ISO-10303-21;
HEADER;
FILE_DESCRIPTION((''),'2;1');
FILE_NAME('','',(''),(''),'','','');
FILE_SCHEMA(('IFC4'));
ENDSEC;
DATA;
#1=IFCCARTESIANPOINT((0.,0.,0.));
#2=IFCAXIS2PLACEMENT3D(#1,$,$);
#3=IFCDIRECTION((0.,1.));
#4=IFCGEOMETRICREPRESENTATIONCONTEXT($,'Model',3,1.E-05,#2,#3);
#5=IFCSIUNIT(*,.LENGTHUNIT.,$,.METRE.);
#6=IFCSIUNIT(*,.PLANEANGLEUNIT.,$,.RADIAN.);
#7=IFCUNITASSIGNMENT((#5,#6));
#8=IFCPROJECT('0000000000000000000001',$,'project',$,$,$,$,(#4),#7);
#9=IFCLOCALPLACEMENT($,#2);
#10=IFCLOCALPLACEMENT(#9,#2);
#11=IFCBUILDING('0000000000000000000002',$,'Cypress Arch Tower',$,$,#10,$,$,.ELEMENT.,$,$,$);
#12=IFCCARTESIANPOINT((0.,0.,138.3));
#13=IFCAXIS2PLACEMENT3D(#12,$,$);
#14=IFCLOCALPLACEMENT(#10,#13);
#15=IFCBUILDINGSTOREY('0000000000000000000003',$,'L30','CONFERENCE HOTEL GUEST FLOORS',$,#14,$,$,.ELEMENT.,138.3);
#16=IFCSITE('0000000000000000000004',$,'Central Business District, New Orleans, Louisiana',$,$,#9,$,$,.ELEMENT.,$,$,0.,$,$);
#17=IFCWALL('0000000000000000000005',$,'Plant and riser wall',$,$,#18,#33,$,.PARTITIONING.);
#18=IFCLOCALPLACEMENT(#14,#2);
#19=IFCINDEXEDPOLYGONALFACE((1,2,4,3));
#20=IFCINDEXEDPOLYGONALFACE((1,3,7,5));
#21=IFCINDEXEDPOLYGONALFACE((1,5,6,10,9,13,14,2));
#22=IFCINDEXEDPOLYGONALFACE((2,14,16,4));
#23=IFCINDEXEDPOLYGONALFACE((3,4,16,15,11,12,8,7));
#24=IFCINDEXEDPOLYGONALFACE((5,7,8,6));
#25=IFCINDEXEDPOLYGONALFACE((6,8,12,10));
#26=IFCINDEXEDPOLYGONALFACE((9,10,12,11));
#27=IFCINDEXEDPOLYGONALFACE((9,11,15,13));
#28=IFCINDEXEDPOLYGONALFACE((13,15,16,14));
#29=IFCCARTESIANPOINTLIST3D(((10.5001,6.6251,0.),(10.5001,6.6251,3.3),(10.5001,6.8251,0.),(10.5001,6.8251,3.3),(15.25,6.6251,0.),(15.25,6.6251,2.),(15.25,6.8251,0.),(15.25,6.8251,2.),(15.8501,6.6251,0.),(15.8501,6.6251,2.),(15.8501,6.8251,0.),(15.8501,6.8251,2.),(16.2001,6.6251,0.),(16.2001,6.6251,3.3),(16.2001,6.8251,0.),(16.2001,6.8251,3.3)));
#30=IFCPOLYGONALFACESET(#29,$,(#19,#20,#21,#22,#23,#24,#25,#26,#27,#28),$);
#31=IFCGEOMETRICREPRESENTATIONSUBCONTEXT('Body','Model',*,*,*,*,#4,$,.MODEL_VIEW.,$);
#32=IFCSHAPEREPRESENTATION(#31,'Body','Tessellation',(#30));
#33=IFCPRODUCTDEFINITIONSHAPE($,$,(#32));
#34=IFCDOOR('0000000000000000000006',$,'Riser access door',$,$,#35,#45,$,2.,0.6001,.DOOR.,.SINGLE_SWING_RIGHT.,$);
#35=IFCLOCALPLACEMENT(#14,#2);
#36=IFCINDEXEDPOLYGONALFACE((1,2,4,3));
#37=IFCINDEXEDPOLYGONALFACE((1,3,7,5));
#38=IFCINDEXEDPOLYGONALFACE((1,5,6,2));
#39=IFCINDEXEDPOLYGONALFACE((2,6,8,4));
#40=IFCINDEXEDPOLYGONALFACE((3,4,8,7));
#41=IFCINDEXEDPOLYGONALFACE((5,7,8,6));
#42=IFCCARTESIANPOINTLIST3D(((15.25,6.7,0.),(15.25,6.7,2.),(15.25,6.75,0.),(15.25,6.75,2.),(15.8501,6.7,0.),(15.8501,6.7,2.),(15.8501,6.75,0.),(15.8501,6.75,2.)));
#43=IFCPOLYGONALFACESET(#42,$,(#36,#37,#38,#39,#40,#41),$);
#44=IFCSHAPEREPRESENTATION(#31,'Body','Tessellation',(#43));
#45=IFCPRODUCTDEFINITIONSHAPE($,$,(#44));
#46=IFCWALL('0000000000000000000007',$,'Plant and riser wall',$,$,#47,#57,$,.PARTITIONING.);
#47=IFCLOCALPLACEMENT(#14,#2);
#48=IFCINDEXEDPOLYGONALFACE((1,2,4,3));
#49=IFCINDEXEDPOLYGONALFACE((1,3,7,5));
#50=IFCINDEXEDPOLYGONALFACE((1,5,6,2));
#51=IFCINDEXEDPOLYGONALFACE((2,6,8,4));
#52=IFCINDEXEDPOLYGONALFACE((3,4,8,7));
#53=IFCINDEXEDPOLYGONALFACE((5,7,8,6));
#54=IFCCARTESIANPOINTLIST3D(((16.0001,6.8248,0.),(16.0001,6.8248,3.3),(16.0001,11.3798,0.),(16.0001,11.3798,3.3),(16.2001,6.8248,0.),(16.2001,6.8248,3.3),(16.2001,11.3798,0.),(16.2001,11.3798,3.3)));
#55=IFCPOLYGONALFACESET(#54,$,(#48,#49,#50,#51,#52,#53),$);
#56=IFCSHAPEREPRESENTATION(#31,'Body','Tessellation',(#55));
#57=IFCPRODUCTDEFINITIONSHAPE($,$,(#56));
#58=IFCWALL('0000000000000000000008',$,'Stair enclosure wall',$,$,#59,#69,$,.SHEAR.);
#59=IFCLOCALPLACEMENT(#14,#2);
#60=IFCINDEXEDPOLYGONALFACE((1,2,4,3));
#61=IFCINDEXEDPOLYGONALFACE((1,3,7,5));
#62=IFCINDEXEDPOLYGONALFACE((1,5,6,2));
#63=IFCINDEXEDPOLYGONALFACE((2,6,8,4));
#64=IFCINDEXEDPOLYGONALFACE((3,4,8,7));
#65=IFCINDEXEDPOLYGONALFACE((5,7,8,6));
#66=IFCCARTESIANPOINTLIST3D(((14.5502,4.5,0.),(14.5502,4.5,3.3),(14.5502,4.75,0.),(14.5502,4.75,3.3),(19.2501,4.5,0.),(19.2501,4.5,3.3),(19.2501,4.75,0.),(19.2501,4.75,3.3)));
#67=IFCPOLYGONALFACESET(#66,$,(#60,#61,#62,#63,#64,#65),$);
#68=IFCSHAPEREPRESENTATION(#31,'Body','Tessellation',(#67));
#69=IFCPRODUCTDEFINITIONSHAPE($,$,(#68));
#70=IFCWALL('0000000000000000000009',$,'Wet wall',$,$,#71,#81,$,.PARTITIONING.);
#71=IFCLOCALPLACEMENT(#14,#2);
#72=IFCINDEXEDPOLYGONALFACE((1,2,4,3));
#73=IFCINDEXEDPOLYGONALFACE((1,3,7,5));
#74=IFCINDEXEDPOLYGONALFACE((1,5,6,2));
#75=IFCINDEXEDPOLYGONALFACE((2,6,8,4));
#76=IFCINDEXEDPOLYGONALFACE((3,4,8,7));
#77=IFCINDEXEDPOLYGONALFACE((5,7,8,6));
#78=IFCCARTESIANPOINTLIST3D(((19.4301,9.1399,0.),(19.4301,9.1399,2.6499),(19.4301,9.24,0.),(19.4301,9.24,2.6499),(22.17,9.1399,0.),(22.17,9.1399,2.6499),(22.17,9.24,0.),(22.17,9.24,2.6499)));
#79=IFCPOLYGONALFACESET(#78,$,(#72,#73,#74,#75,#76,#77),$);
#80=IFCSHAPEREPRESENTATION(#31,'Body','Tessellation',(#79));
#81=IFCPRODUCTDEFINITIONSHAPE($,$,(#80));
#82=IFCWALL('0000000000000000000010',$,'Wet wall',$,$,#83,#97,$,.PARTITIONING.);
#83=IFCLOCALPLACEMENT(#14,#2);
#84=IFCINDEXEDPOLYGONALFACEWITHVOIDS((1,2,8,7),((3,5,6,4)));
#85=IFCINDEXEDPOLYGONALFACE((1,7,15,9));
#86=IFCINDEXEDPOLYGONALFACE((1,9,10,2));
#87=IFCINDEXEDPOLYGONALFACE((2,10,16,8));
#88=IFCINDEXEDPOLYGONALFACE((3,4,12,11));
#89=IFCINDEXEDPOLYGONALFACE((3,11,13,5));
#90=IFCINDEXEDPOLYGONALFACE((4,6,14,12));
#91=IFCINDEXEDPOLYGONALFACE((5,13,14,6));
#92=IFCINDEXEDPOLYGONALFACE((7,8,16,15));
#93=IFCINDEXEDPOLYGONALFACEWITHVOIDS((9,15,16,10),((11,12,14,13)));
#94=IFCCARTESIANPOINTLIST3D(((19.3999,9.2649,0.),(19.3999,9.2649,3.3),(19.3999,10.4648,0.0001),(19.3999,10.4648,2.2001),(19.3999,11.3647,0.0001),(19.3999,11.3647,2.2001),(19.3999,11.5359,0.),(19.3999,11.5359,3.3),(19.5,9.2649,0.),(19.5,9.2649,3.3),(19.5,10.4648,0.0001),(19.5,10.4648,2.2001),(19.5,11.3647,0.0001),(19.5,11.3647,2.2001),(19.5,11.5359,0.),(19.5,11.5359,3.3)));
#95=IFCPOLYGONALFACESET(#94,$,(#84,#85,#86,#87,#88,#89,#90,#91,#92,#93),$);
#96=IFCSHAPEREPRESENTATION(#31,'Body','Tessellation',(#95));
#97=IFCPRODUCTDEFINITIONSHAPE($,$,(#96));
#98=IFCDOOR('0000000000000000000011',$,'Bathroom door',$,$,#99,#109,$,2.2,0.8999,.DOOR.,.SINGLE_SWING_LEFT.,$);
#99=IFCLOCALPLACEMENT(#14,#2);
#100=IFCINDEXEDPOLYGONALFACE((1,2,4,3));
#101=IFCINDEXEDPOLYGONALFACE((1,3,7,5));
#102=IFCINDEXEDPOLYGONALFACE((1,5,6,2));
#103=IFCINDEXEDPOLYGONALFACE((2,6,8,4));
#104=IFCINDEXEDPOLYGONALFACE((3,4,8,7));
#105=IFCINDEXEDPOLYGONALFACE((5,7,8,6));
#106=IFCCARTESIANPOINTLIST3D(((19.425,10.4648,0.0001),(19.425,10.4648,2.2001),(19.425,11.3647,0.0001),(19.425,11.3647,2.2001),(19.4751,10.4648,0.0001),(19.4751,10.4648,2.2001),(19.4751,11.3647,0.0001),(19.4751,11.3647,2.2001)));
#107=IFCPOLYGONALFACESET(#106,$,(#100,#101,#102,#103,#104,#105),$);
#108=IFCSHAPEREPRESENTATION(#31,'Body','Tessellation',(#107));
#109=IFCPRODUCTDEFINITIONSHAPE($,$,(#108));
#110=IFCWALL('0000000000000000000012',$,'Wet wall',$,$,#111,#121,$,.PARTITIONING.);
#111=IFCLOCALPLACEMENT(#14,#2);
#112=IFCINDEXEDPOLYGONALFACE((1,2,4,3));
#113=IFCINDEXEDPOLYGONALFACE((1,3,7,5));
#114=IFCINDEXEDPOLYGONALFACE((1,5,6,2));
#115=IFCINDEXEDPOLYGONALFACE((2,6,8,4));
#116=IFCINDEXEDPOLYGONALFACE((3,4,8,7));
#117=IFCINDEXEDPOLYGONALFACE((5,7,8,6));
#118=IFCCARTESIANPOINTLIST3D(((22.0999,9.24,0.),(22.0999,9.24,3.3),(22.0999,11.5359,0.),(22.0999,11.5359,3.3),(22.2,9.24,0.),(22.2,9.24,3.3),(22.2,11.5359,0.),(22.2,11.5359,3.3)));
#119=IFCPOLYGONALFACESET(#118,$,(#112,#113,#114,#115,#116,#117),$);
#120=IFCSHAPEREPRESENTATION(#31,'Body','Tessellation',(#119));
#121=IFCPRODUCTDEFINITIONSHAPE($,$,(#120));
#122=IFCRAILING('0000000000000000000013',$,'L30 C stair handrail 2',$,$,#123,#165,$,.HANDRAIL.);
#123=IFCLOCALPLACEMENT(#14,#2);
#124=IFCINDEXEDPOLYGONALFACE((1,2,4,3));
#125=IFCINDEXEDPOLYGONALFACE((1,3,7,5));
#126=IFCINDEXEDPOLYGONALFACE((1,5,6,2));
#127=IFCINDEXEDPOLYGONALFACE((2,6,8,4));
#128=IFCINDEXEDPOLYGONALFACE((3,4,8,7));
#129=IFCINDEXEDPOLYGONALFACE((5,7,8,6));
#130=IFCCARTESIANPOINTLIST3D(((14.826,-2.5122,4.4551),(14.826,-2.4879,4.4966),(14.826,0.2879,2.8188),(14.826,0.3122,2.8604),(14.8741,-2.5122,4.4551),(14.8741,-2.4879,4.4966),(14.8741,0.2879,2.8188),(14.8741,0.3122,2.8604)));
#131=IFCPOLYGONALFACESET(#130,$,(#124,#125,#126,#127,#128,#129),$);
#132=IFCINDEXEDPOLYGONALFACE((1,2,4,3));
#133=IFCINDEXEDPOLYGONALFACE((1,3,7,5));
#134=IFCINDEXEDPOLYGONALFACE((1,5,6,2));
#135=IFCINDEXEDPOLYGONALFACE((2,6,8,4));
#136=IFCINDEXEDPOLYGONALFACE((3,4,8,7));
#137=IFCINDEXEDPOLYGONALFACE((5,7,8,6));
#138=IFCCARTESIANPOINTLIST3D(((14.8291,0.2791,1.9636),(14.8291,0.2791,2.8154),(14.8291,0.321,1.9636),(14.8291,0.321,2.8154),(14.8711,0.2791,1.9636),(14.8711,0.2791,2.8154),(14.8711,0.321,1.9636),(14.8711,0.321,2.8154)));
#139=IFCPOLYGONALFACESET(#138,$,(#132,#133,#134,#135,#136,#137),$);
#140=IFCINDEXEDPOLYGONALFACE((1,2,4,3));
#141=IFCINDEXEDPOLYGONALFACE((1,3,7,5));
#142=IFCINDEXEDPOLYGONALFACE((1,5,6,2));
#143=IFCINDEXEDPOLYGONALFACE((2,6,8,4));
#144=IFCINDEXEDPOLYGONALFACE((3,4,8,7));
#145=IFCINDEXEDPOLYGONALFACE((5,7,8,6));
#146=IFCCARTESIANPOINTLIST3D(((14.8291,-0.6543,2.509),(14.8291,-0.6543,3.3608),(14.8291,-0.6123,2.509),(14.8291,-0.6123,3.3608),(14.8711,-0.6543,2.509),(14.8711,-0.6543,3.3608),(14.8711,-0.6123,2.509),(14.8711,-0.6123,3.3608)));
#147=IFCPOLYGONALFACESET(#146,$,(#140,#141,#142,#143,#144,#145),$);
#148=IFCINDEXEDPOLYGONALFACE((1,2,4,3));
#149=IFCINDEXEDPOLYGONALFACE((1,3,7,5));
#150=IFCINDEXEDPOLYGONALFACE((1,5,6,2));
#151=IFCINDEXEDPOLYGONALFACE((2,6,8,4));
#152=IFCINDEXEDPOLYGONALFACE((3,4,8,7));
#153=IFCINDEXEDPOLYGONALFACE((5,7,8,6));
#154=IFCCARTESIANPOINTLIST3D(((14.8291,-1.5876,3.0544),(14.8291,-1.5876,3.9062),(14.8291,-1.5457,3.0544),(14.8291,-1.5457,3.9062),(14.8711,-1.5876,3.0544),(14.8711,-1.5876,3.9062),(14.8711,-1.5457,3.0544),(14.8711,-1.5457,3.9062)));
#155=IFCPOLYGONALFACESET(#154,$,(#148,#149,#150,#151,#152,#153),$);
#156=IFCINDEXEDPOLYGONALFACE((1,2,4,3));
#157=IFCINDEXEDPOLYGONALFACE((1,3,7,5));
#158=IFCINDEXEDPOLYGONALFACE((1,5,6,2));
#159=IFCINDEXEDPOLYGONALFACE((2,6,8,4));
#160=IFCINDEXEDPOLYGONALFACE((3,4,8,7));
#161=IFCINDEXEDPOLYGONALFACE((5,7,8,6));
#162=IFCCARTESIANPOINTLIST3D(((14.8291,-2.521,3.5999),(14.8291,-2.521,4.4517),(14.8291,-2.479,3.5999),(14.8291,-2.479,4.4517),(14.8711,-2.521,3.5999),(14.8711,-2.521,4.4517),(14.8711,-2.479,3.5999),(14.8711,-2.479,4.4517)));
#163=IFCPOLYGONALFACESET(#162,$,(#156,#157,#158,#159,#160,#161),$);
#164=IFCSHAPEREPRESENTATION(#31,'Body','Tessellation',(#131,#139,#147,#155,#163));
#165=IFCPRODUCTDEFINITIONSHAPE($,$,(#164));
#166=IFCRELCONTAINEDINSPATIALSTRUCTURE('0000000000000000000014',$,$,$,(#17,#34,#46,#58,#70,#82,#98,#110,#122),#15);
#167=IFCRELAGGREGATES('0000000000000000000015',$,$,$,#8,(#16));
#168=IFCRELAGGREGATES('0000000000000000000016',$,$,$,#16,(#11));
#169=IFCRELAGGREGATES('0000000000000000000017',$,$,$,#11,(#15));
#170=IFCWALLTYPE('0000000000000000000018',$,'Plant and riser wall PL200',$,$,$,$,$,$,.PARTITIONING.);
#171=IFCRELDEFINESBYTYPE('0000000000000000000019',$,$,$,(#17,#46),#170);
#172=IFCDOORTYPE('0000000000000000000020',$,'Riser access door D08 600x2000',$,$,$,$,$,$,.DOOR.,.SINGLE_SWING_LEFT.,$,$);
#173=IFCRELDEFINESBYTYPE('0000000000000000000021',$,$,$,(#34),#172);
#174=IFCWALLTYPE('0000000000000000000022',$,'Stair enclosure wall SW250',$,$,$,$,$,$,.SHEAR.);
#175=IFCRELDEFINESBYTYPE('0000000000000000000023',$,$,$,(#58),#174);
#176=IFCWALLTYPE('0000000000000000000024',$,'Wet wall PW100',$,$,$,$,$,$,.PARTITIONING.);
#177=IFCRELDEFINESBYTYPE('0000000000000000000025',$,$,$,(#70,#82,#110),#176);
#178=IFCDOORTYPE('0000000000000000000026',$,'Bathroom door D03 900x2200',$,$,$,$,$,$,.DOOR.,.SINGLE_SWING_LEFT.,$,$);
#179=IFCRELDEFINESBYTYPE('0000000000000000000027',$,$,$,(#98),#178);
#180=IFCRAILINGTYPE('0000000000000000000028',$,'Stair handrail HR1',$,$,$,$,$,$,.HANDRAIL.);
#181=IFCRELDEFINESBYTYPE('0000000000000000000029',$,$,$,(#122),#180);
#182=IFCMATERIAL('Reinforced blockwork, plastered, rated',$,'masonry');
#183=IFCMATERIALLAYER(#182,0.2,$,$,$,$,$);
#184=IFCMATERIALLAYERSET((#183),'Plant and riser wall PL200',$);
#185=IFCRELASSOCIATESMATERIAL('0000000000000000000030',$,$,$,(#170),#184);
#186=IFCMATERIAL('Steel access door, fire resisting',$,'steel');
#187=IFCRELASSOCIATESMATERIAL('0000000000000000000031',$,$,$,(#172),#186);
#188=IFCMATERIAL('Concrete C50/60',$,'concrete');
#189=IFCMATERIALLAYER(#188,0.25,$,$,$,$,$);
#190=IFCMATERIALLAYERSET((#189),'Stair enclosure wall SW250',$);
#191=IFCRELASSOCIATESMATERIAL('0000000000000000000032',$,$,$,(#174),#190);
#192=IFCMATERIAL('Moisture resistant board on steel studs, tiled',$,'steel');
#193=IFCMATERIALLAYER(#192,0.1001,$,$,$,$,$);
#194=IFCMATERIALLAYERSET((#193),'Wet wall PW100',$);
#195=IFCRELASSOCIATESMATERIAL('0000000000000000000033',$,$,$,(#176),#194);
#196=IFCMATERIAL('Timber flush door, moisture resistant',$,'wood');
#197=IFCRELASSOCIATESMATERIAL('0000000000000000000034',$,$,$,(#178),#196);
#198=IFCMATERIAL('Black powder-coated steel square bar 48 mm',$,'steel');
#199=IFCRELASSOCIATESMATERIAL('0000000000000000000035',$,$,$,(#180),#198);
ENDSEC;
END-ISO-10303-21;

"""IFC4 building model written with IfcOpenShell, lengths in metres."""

from ifc_helpers import new_model, si_unit, direction, frame, frame_2d, origin, origin_2d, place, context, subcontext, project, spatial, rectangle, extrude, material, layer, layer_set, type_object, element, fill, save


model = new_model("IFC4")

# Units and contexts
model_context = context("Model", 3, precision=1e-05, world=origin(), true_north=direction((0.0, 1.0)))
body_context = subcontext(model_context, "Body", "Model", "MODEL_VIEW")
ifc_project = project(units=[si_unit("LENGTHUNIT", "METRE"), si_unit("PLANEANGLEUNIT", "RADIAN")], contexts=[model_context])

# Site, building, storey
site_placement = place(None, origin())
site = spatial("IfcSite", under=ifc_project, at=site_placement, Name="Central Business District, New Orleans, Louisiana", CompositionType="ELEMENT", RefElevation=0.0)
building_placement = place(site_placement, origin())
building = spatial("IfcBuilding", under=site, at=building_placement, Name="Cypress Arch Tower", CompositionType="ELEMENT")
storey_placement = place(building_placement, frame((0.0, 0.0, 138.3)))
storey = spatial("IfcBuildingStorey", under=building, at=storey_placement, Name="L30", Description="CONFERENCE HOTEL GUEST FLOORS", CompositionType="ELEMENT", Elevation=138.3)

# Shared definitions
ifc_material_1 = material(Name="Reinforced blockwork, plastered, rated", Category="masonry")
ifc_layer_1 = layer(ifc_material_1, 0.2)
ifc_layer_set_1 = layer_set([ifc_layer_1], Name="Plant and riser wall PL200")
wall_type_1 = type_object("IfcWallType", Name="Plant and riser wall PL200", PredefinedType="PARTITIONING", material=ifc_layer_set_1)

# Wall, opening, door
wall_1_placement = place(storey_placement, frame((10.5, 6.7251, 0.0), z_axis=(0.0, 0.0, 1.0), x_axis=(1.0, 0.0, 0.0)))
wall_1 = element("IfcWall", 1, at=wall_1_placement, inside=storey, type_object=wall_type_1, Name="Plant and riser wall", PredefinedType="PARTITIONING", context=body_context, shape_type="SweptSolid", body=[
    extrude(rectangle(XDim=5.7, YDim=0.2, at=frame_2d((2.8501, 0.0))), origin(), (0.0, 0.0, 1.0), 3.3),
])
opening_1_placement = place(wall_1_placement, frame((4.75, 0.0, 0.0)))
opening_1 = element("IfcOpeningElement", 2, at=opening_1_placement, cuts=wall_1, PredefinedType="OPENING", context=body_context, shape_type="SweptSolid", body=[
    extrude(rectangle(XDim=0.6001, YDim=2.0, at=frame_2d((0.3, 1.0))), frame((0.0, 0.1099, 0.0), z_axis=(0.0, -1.0, 0.0), x_axis=(1.0, 0.0, 0.0)), (0.0, 0.0, 1.0), 0.22),
])
ifc_material_2 = material(Name="Steel access door, fire resisting", Category="steel")
door_type_1 = type_object("IfcDoorType", Name="Riser access door D08 600x2000", OperationType="SINGLE_SWING_LEFT", PredefinedType="DOOR", material=ifc_material_2)
door_1_placement = place(opening_1_placement, origin())
door_1 = element("IfcDoor", 3, at=door_1_placement, inside=storey, type_object=door_type_1, Name="Riser access door", OperationType="SINGLE_SWING_RIGHT", OverallHeight=2.0, OverallWidth=0.6001, PredefinedType="DOOR", context=body_context, shape_type="SweptSolid", body=[
    extrude(rectangle(XDim=0.6001, YDim=2.0, at=frame_2d((0.3, 1.0))), frame((0.0, 0.0249, 0.0), z_axis=(0.0, -1.0, 0.0), x_axis=(1.0, 0.0, 0.0)), (0.0, 0.0, 1.0), 0.05),
])
fill(opening_1, door_1)

# Walls
wall_2_placement = place(storey_placement, frame((16.1001, 6.825, 0.0), z_axis=(0.0, 0.0, 1.0), x_axis=(0.0, 1.0, 0.0)))
element("IfcWall", 4, at=wall_2_placement, inside=storey, type_object=wall_type_1, Name="Plant and riser wall", PredefinedType="PARTITIONING", context=body_context, shape_type="SweptSolid", body=[
    extrude(rectangle(XDim=4.5549, YDim=0.2, at=frame_2d((2.2773, 0.0))), origin(), (0.0, 0.0, 1.0), 3.3),
])
ifc_material_3 = material(Name="Concrete C50/60", Category="concrete")
ifc_layer_2 = layer(ifc_material_3, 0.25)
ifc_layer_set_2 = layer_set([ifc_layer_2], Name="Stair enclosure wall SW250")
wall_type_2 = type_object("IfcWallType", Name="Stair enclosure wall SW250", PredefinedType="SHEAR", material=ifc_layer_set_2)
wall_3_placement = place(storey_placement, frame((14.55, 4.625, 0.0), z_axis=(0.0, 0.0, 1.0), x_axis=(1.0, 0.0, 0.0)))
element("IfcWall", 5, at=wall_3_placement, inside=storey, type_object=wall_type_2, Name="Stair enclosure wall", PredefinedType="SHEAR", context=body_context, shape_type="SweptSolid", body=[
    extrude(rectangle(XDim=4.7, YDim=0.25, at=frame_2d((2.3501, 0.0))), origin(), (0.0, 0.0, 1.0), 3.3),
])
ifc_material_4 = material(Name="Moisture resistant board on steel studs, tiled", Category="steel")
ifc_layer_3 = layer(ifc_material_4, 0.1001)
ifc_layer_set_3 = layer_set([ifc_layer_3], Name="Wet wall PW100")
wall_type_3 = type_object("IfcWallType", Name="Wet wall PW100", PredefinedType="PARTITIONING", material=ifc_layer_set_3)
wall_4_placement = place(storey_placement, frame((19.4299, 9.1899, 0.0), z_axis=(0.0, 0.0, 1.0), x_axis=(1.0, 0.0, 0.0)))
element("IfcWall", 6, at=wall_4_placement, inside=storey, type_object=wall_type_3, Name="Wet wall", PredefinedType="PARTITIONING", context=body_context, shape_type="SweptSolid", body=[
    extrude(rectangle(XDim=2.74, YDim=0.1001, at=frame_2d((1.3701, 0.0))), origin(), (0.0, 0.0, 1.0), 2.6499),
])

# Wall, opening, door
wall_5_placement = place(storey_placement, frame((19.45, 9.2649, 0.0), z_axis=(0.0, 0.0, 1.0), x_axis=(0.0, 1.0, 0.0)))
wall_5 = element("IfcWall", 7, at=wall_5_placement, inside=storey, type_object=wall_type_3, Name="Wet wall", PredefinedType="PARTITIONING", context=body_context, shape_type="SweptSolid", body=[
    extrude(rectangle(XDim=2.271, YDim=0.1001, at=frame_2d((1.1355, 0.0))), origin(), (0.0, 0.0, 1.0), 3.3),
])
opening_2_placement = place(wall_5_placement, frame((1.2, 0.0, 0.0)))
opening_2 = element("IfcOpeningElement", 8, at=opening_2_placement, cuts=wall_5, PredefinedType="OPENING", context=body_context, shape_type="SweptSolid", body=[
    extrude(rectangle(XDim=0.8999, YDim=2.2, at=frame_2d((0.45, 1.1001))), frame((0.0, 0.0601, 0.0), z_axis=(0.0, -1.0, 0.0), x_axis=(1.0, 0.0, 0.0)), (0.0, 0.0, 1.0), 0.1201),
])
ifc_material_5 = material(Name="Timber flush door, moisture resistant", Category="wood")
door_type_2 = type_object("IfcDoorType", Name="Bathroom door D03 900x2200", OperationType="SINGLE_SWING_LEFT", PredefinedType="DOOR", material=ifc_material_5)
door_2_placement = place(opening_2_placement, origin())
door_2 = element("IfcDoor", 9, at=door_2_placement, inside=storey, type_object=door_type_2, Name="Bathroom door", OperationType="SINGLE_SWING_LEFT", OverallHeight=2.2, OverallWidth=0.8999, PredefinedType="DOOR", context=body_context, shape_type="SweptSolid", body=[
    extrude(rectangle(XDim=0.8999, YDim=2.2, at=frame_2d((0.45, 1.1001))), frame((0.0, 0.0249, 0.0), z_axis=(0.0, -1.0, 0.0), x_axis=(1.0, 0.0, 0.0)), (0.0, 0.0, 1.0), 0.05),
])
fill(opening_2, door_2)

# Wall
wall_6_placement = place(storey_placement, frame((22.1499, 9.24, 0.0), z_axis=(0.0, 0.0, 1.0), x_axis=(0.0, 1.0, 0.0)))
element("IfcWall", 10, at=wall_6_placement, inside=storey, type_object=wall_type_3, Name="Wet wall", PredefinedType="PARTITIONING", context=body_context, shape_type="SweptSolid", body=[
    extrude(rectangle(XDim=2.2959, YDim=0.1001, at=frame_2d((1.1479, 0.0))), origin(), (0.0, 0.0, 1.0), 3.3),
])

# Railing
ifc_material_6 = material(Name="Black powder-coated steel square bar 48 mm", Category="steel")
railing_type_1 = type_object("IfcRailingType", Name="Stair handrail HR1", PredefinedType="HANDRAIL", material=ifc_material_6)
railing_1_placement = place(storey_placement, frame((14.8501, 0.3, 1.9636)))
element("IfcRailing", 11, at=railing_1_placement, inside=storey, type_object=railing_type_1, Name="L30 C stair handrail 2", PredefinedType="HANDRAIL", context=body_context, shape_type="SweptSolid", body=[
    extrude(rectangle(XDim=0.0481, YDim=0.0481, at=origin_2d()), frame((0.0, 0.0, 0.876), z_axis=(0.0, -0.863394, 0.504531), x_axis=(1.0, 0.0, 0.0)), (0.0, 0.0, 1.0), 3.2432),
    extrude(rectangle(XDim=0.042, YDim=0.042, at=origin_2d()), origin(), (0.0, 0.0, 1.0), 0.8518),
    extrude(rectangle(XDim=0.042, YDim=0.042, at=origin_2d()), frame((0.0, -0.9333, 0.5454)), (0.0, 0.0, 1.0), 0.8518),
    extrude(rectangle(XDim=0.042, YDim=0.042, at=origin_2d()), frame((0.0, -1.8667, 1.0908)), (0.0, 0.0, 1.0), 0.8518),
    extrude(rectangle(XDim=0.042, YDim=0.042, at=origin_2d()), frame((0.0, -2.8, 1.6362)), (0.0, 0.0, 1.0), 0.8518),
])

save(model, "model.ifc")
